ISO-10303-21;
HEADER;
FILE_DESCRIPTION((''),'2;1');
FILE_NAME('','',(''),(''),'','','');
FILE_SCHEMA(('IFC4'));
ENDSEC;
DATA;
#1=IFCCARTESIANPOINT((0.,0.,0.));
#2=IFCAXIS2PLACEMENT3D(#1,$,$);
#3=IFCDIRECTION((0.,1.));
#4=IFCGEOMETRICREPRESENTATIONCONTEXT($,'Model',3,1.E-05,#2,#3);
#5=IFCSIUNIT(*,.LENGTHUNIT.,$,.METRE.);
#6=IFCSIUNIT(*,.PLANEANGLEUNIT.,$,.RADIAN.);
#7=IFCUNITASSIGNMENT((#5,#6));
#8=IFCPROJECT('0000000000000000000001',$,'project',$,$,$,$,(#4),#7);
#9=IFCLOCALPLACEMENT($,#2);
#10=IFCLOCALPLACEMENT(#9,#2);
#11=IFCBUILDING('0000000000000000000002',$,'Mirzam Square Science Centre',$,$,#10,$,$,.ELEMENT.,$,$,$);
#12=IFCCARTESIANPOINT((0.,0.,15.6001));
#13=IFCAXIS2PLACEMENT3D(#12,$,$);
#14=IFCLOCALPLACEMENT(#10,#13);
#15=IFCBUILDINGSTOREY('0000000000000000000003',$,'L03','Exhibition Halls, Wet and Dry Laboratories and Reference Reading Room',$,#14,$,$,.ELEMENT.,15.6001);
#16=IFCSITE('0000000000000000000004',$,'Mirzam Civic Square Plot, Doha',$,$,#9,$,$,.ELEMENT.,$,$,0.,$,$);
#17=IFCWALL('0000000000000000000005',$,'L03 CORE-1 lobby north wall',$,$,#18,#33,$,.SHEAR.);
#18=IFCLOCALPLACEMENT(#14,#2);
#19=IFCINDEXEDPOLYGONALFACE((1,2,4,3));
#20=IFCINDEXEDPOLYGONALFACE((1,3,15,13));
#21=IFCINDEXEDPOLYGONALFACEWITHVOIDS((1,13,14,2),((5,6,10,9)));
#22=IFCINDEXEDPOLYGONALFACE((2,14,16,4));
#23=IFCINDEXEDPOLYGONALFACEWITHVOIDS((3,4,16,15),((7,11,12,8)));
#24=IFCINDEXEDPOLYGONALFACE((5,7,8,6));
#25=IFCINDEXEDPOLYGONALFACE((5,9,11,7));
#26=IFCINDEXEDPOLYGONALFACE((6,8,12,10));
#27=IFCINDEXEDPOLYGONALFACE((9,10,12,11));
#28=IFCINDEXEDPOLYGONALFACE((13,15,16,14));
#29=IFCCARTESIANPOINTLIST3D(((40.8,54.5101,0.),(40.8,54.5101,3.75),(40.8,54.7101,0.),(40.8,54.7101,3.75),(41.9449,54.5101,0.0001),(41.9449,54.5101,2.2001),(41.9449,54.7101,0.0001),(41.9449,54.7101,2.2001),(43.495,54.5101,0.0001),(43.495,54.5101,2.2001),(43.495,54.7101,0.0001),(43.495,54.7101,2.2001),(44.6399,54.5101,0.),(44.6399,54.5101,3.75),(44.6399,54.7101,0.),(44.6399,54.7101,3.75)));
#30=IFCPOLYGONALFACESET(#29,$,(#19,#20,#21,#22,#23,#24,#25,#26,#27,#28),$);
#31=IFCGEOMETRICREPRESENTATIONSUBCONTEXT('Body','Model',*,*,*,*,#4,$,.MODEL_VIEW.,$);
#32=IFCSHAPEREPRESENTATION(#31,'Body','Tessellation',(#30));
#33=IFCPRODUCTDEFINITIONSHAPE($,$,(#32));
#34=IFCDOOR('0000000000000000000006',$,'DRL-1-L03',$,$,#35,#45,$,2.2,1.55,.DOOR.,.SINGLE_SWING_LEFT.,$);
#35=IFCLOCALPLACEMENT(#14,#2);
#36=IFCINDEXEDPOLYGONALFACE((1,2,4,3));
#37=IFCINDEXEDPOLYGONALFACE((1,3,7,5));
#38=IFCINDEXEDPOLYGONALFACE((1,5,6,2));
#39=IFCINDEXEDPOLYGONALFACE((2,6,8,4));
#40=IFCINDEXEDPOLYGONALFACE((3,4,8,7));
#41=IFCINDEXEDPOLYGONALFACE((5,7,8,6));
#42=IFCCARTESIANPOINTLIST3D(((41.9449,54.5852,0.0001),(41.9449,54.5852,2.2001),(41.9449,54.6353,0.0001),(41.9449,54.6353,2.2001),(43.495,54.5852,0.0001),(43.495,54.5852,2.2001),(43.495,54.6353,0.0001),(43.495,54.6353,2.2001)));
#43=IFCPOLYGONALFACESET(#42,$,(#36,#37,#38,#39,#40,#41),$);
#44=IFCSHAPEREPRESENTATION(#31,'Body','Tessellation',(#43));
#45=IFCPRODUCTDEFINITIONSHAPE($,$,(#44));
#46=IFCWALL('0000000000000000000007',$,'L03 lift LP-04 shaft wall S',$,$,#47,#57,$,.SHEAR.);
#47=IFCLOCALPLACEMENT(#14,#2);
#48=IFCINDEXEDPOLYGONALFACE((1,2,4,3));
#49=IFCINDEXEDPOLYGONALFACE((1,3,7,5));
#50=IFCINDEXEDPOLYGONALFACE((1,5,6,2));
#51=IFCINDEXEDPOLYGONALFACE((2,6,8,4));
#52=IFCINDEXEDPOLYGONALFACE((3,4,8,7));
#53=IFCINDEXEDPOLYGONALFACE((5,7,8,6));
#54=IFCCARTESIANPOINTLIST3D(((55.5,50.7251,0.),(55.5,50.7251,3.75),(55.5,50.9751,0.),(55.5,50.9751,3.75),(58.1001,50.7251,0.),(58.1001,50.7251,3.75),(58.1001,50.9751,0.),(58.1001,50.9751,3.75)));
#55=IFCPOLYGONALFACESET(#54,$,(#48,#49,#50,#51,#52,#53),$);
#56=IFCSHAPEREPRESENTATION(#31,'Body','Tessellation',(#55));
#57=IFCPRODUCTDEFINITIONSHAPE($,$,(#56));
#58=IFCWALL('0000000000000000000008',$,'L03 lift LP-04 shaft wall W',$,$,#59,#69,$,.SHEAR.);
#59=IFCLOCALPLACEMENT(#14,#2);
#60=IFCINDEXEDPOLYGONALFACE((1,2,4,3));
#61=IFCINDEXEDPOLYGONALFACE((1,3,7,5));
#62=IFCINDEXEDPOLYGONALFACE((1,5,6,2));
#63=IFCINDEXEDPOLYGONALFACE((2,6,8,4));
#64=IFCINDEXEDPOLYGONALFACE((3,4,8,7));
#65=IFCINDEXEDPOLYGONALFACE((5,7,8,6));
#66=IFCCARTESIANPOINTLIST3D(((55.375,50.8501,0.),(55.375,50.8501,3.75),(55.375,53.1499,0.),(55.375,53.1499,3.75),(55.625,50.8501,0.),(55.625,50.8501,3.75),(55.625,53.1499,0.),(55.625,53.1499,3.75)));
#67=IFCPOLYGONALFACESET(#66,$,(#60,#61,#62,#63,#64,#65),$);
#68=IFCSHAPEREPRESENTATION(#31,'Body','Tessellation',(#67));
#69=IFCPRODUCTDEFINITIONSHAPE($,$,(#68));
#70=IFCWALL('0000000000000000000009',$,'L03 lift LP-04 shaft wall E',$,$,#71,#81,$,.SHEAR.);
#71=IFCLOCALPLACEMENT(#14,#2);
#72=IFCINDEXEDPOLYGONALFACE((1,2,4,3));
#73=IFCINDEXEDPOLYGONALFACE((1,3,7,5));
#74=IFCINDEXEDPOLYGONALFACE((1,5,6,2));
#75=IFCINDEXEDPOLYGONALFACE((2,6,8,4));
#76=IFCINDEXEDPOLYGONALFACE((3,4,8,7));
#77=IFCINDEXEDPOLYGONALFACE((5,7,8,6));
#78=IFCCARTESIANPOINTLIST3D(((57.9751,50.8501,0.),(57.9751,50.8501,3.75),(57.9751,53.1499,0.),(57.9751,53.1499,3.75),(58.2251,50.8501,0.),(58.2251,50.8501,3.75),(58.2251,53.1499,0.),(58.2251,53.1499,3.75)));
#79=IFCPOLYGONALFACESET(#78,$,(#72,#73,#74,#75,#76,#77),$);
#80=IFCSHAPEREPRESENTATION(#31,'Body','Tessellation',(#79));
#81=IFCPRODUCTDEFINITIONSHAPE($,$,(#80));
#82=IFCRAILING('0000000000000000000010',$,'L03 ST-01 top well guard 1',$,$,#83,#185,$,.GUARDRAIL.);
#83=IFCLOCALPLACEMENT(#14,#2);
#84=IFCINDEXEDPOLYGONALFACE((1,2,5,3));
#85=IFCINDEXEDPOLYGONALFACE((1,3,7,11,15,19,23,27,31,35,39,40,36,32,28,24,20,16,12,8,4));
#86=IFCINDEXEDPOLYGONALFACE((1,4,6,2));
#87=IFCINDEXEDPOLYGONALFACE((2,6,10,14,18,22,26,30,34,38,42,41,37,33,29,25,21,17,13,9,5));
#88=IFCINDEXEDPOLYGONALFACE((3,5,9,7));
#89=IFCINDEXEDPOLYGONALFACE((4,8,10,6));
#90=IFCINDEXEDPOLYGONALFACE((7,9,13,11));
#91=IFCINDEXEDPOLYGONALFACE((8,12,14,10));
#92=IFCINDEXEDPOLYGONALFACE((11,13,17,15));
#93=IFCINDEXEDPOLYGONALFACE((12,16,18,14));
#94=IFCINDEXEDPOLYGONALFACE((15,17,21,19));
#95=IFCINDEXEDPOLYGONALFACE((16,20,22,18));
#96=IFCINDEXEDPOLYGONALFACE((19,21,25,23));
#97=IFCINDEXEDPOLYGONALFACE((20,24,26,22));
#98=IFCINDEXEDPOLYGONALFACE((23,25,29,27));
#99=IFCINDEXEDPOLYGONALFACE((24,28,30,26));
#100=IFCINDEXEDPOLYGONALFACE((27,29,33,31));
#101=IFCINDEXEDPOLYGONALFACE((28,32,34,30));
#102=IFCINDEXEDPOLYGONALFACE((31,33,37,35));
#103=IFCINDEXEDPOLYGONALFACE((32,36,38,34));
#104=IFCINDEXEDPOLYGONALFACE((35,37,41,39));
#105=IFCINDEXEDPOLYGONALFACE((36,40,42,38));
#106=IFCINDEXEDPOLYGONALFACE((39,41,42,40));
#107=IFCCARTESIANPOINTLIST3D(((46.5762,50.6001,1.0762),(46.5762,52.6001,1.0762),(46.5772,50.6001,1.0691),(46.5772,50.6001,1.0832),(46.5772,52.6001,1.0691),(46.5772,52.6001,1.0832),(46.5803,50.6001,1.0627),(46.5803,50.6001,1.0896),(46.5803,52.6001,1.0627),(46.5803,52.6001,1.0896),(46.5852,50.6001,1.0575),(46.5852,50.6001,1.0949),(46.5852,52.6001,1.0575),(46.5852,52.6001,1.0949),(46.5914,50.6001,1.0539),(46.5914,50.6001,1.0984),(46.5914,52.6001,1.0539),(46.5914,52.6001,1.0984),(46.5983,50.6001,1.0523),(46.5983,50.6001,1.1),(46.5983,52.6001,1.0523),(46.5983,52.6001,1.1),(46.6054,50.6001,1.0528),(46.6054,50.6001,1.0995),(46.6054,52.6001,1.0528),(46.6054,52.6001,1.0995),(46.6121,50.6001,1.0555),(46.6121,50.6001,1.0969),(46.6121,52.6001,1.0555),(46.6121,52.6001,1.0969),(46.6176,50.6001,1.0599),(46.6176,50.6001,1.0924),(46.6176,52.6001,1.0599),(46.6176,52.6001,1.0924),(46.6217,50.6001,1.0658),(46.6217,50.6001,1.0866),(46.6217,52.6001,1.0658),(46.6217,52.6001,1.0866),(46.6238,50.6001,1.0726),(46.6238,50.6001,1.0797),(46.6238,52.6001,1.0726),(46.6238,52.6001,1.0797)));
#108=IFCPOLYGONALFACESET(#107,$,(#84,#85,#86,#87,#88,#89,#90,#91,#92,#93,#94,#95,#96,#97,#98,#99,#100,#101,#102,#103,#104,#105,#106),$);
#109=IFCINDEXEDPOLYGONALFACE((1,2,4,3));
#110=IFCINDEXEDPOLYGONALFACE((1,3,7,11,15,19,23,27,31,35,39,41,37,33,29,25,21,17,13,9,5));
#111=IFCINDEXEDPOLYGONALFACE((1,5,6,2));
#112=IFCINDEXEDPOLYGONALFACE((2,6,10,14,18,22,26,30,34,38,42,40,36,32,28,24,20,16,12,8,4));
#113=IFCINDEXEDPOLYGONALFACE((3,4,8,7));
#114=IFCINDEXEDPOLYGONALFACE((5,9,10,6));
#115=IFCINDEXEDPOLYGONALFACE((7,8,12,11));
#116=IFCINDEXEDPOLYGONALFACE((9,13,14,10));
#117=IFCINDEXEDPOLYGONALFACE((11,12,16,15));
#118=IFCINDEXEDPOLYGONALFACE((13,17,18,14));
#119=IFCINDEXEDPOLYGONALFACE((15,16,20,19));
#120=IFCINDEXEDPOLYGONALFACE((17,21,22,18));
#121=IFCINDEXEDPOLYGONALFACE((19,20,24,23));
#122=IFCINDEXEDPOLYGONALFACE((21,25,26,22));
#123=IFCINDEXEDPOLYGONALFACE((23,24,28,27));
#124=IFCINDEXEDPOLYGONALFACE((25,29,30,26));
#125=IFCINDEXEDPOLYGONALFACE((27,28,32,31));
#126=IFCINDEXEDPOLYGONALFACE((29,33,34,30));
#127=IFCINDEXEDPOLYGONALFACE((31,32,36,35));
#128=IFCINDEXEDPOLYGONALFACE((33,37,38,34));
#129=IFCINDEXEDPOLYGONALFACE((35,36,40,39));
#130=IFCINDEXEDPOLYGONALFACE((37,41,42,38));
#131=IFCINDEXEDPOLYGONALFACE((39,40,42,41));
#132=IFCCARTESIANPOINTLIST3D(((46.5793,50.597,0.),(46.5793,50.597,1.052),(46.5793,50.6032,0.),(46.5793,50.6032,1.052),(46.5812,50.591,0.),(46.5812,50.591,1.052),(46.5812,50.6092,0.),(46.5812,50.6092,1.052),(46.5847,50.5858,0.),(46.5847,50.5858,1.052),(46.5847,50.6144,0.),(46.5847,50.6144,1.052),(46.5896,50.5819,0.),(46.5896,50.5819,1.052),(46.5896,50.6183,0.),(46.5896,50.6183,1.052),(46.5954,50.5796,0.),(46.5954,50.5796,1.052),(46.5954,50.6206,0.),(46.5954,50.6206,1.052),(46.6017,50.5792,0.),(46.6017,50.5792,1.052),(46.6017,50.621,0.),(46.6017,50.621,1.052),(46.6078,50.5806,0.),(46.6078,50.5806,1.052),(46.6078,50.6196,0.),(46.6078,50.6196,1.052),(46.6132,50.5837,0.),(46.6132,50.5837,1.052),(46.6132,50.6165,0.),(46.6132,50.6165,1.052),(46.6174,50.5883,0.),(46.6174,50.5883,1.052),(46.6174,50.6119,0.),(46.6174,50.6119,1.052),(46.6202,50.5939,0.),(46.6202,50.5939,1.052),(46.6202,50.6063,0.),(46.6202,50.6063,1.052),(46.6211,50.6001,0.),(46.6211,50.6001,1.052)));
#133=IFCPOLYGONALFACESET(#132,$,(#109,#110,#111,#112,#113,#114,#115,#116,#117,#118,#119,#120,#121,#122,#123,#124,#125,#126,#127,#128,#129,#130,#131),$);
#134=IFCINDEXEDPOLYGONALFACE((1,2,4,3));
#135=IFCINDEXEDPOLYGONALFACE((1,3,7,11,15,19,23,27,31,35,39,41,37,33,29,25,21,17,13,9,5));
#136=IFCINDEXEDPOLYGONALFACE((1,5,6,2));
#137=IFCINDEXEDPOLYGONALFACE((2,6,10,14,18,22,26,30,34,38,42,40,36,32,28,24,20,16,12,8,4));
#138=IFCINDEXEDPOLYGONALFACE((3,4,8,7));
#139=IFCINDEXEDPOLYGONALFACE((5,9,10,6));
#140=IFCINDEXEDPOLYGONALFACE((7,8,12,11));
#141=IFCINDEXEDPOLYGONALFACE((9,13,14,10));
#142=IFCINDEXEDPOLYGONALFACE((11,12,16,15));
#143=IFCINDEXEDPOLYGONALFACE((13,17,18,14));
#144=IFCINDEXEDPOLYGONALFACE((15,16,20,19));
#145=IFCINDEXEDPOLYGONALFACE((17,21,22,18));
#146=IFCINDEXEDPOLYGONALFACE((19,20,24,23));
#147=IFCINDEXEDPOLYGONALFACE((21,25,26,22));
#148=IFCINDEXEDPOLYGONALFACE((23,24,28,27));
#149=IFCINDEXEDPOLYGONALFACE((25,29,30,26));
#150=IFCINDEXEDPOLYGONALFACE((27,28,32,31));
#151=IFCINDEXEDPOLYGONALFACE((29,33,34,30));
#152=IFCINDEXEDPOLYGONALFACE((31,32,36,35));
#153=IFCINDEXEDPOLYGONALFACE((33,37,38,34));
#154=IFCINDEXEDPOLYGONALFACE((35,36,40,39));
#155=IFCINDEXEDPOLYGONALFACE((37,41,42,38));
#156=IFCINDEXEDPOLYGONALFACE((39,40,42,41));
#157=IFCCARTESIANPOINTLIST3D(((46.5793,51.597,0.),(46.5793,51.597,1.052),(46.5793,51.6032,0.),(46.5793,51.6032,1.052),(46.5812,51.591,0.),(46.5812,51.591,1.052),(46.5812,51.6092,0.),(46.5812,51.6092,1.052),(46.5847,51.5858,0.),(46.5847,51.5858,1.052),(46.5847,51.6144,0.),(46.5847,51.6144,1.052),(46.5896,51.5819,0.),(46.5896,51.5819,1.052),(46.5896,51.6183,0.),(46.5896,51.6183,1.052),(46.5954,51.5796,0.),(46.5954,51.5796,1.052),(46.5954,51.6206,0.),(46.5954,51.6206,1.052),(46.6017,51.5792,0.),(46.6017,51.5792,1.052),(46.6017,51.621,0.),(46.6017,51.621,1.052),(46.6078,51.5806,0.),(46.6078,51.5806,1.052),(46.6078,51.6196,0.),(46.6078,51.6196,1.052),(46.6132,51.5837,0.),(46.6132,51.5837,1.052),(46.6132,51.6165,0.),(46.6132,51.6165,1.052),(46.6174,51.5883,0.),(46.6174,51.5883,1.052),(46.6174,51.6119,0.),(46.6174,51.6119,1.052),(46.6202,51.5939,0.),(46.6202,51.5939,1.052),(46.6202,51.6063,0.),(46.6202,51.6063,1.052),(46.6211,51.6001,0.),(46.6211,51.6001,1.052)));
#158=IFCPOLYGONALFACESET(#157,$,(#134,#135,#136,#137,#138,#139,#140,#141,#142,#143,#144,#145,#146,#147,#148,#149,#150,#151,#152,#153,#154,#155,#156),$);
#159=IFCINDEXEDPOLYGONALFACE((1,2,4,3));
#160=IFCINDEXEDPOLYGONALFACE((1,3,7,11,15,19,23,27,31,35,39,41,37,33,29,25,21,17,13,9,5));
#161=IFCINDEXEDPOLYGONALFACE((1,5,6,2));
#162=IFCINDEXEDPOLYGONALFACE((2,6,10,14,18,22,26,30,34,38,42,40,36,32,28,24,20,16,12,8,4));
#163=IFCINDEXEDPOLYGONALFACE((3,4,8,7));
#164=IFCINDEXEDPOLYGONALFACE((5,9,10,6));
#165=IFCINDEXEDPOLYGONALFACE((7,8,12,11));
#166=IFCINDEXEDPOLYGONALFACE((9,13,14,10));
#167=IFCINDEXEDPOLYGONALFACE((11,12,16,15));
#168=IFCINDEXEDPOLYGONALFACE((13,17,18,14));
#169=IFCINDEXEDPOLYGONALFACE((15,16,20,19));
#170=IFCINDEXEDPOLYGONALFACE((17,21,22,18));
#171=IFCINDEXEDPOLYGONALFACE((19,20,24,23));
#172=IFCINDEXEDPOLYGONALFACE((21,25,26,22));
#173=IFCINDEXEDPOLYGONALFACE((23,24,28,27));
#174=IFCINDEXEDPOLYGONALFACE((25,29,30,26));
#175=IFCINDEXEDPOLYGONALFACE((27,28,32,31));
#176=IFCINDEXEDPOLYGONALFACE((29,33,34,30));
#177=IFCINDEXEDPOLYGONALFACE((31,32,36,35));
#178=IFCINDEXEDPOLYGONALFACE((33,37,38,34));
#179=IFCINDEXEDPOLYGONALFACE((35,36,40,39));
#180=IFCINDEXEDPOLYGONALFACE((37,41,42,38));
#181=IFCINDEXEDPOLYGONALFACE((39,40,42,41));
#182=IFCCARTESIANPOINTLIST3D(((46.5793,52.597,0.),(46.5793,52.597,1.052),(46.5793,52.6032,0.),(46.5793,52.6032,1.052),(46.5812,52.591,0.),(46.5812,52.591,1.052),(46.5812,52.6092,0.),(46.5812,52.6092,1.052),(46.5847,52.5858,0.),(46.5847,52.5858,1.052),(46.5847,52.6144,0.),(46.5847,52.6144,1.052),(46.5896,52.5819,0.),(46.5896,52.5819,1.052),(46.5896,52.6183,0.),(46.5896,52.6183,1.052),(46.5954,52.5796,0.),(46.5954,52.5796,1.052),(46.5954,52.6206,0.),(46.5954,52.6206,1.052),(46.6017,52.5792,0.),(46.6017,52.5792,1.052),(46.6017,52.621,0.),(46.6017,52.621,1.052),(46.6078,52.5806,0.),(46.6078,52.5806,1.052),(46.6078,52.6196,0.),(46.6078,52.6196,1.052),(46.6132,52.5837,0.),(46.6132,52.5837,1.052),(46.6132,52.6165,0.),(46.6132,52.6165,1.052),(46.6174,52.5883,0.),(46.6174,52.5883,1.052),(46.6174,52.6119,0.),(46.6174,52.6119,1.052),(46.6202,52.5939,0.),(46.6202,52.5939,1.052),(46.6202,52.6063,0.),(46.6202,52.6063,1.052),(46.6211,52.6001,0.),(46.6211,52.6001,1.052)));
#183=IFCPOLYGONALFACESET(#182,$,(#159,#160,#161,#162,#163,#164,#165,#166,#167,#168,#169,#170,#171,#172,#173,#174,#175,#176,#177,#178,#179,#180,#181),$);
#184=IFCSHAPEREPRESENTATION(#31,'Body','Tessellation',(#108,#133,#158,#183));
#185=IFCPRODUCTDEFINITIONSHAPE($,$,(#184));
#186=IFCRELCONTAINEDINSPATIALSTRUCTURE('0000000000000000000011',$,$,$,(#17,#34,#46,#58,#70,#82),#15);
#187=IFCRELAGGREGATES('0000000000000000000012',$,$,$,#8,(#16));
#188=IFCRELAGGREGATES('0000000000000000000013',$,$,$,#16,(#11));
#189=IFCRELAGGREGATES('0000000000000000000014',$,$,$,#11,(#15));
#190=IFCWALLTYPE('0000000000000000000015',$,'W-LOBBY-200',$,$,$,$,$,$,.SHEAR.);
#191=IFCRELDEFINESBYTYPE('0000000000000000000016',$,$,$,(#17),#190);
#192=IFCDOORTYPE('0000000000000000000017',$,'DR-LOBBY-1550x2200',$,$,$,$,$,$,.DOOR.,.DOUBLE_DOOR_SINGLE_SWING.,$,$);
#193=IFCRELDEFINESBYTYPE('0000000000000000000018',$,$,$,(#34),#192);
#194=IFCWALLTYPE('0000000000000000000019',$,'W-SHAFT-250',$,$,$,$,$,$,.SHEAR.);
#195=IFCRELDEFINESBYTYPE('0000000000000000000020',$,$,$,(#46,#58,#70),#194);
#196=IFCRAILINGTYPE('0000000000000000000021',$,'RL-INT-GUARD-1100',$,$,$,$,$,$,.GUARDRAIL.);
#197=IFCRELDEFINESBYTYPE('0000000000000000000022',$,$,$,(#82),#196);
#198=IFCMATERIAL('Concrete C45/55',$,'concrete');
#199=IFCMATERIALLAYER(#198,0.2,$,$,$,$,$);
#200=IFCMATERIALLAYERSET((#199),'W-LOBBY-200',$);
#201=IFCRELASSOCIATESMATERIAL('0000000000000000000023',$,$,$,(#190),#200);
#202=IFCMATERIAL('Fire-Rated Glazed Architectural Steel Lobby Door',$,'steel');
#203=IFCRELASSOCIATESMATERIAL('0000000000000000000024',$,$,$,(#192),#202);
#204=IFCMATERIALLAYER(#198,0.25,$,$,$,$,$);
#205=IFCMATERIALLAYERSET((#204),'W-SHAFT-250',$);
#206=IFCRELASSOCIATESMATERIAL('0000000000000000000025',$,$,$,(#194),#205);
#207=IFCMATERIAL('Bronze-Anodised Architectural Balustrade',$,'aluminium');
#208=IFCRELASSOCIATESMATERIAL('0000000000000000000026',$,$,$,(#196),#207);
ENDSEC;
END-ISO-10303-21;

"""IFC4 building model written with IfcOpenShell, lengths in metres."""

from ifc_helpers import new_model, si_unit, direction, frame, frame_2d, origin, origin_2d, place, context, subcontext, project, spatial, rectangle, circle, extrude, material, layer, layer_set, type_object, element, fill, save


model = new_model("IFC4")

# Units and contexts
model_context = context("Model", 3, precision=1e-05, world=origin(), true_north=direction((0.0, 1.0)))
body_context = subcontext(model_context, "Body", "Model", "MODEL_VIEW")
ifc_project = project(units=[si_unit("LENGTHUNIT", "METRE"), si_unit("PLANEANGLEUNIT", "RADIAN")], contexts=[model_context])

# Site, building, storey
site_placement = place(None, origin())
site = spatial("IfcSite", under=ifc_project, at=site_placement, Name="Mirzam Civic Square Plot, Doha", CompositionType="ELEMENT", RefElevation=0.0)
building_placement = place(site_placement, origin())
building = spatial("IfcBuilding", under=site, at=building_placement, Name="Mirzam Square Science Centre", CompositionType="ELEMENT")
storey_placement = place(building_placement, frame((0.0, 0.0, 15.6001)))
storey = spatial("IfcBuildingStorey", under=building, at=storey_placement, Name="L03", Description="Exhibition Halls, Wet and Dry Laboratories and Reference Reading Room", CompositionType="ELEMENT", Elevation=15.6001)

# Shared definitions
ifc_material_1 = material(Name="Concrete C45/55", Category="concrete")

# Wall, opening, door
ifc_layer_1 = layer(ifc_material_1, 0.2)
ifc_layer_set_1 = layer_set([ifc_layer_1], Name="W-LOBBY-200")
wall_type_1 = type_object("IfcWallType", Name="W-LOBBY-200", PredefinedType="SHEAR", material=ifc_layer_set_1)
wall_1_placement = place(storey_placement, frame((44.6399, 54.6101, 0.0), z_axis=(0.0, 0.0, 1.0), x_axis=(-1.0, 0.0, 0.0)))
wall_1 = element("IfcWall", 1, at=wall_1_placement, inside=storey, type_object=wall_type_1, Name="L03 CORE-1 lobby north wall", PredefinedType="SHEAR", context=body_context, shape_type="SweptSolid", body=[
    extrude(rectangle(XDim=3.8398, YDim=0.2, at=frame_2d((1.9199, 0.0))), origin(), (0.0, 0.0, 1.0), 3.75),
])
opening_1_placement = place(wall_1_placement, frame((1.145, 0.0, 0.0)))
opening_1 = element("IfcOpeningElement", 2, at=opening_1_placement, cuts=wall_1, PredefinedType="OPENING", context=body_context, shape_type="SweptSolid", body=[
    extrude(rectangle(XDim=1.55, YDim=2.2, at=frame_2d((0.7749, 1.1001))), frame((0.0, 0.1099, 0.0), z_axis=(0.0, -1.0, 0.0), x_axis=(1.0, 0.0, 0.0)), (0.0, 0.0, 1.0), 0.22),
])
ifc_material_2 = material(Name="Fire-Rated Glazed Architectural Steel Lobby Door", Category="steel")
door_type_1 = type_object("IfcDoorType", Name="DR-LOBBY-1550x2200", OperationType="DOUBLE_DOOR_SINGLE_SWING", PredefinedType="DOOR", material=ifc_material_2)
door_1_placement = place(opening_1_placement, origin())
door_1 = element("IfcDoor", 3, at=door_1_placement, inside=storey, type_object=door_type_1, Name="DRL-1-L03", OperationType="SINGLE_SWING_LEFT", OverallHeight=2.2, OverallWidth=1.55, PredefinedType="DOOR", context=body_context, shape_type="SweptSolid", body=[
    extrude(rectangle(XDim=1.55, YDim=2.2, at=frame_2d((0.7749, 1.1001))), frame((0.0, 0.0249, 0.0), z_axis=(0.0, -1.0, 0.0), x_axis=(1.0, 0.0, 0.0)), (0.0, 0.0, 1.0), 0.05),
])
fill(opening_1, door_1)

# Wall
ifc_layer_2 = layer(ifc_material_1, 0.25)
ifc_layer_set_2 = layer_set([ifc_layer_2], Name="W-SHAFT-250")
wall_type_2 = type_object("IfcWallType", Name="W-SHAFT-250", PredefinedType="SHEAR", material=ifc_layer_set_2)
wall_2_placement = place(storey_placement, frame((55.5, 50.8501, 0.0), z_axis=(0.0, 0.0, 1.0), x_axis=(1.0, 0.0, 0.0)))
element("IfcWall", 4, at=wall_2_placement, inside=storey, type_object=wall_type_2, Name="L03 lift LP-04 shaft wall S", PredefinedType="SHEAR", context=body_context, shape_type="SweptSolid", body=[
    extrude(rectangle(XDim=2.6001, YDim=0.25, at=frame_2d((1.3, 0.0))), origin(), (0.0, 0.0, 1.0), 3.75),
])

# Walls
for number, where, z_axis, x_axis, name in (
    (5, (55.5, 53.1499, 0.0), (0.0, 0.0, 1.0), (0.0, -1.0, 0.0), "L03 lift LP-04 shaft wall W"),
    (6, (58.1001, 50.8501, 0.0), (0.0, 0.0, 1.0), (0.0, 1.0, 0.0), "L03 lift LP-04 shaft wall E"),
):
    element("IfcWall", number, at=place(storey_placement, frame(where, z_axis=z_axis, x_axis=x_axis)), inside=storey, type_object=wall_type_2, Name=name, PredefinedType="SHEAR", context=body_context, shape_type="SweptSolid", body=[
        extrude(rectangle(XDim=2.2998, YDim=0.25, at=frame_2d((1.1499, 0.0))), origin(), (0.0, 0.0, 1.0), 3.75),
    ])

# Railing
ifc_material_3 = material(Name="Bronze-Anodised Architectural Balustrade", Category="aluminium")
railing_type = type_object("IfcRailingType", Name="RL-INT-GUARD-1100", PredefinedType="GUARDRAIL", material=ifc_material_3)
railing_placement = place(storey_placement, frame((46.6001, 50.6001, 0.0)))
element("IfcRailing", 7, at=railing_placement, inside=storey, type_object=railing_type, Name="L03 ST-01 top well guard 1", PredefinedType="GUARDRAIL", context=body_context, shape_type="SweptSolid", body=[
    extrude(circle(Radius=0.0239, at=origin_2d()), frame((0.0, 0.0, 1.0762), z_axis=(0.0, 1.0, 0.0), x_axis=(-1.0, 0.0, 0.0)), (0.0, 0.0, 1.0), 2.0),
    extrude(circle(Radius=0.021, at=origin_2d()), origin(), (0.0, 0.0, 1.0), 1.052),
    extrude(circle(Radius=0.021, at=origin_2d()), frame((0.0, 1.0, 0.0)), (0.0, 0.0, 1.0), 1.052),
    extrude(circle(Radius=0.021, at=origin_2d()), frame((0.0, 2.0, 0.0)), (0.0, 0.0, 1.0), 1.052),
])

save(model, "model.ifc")
